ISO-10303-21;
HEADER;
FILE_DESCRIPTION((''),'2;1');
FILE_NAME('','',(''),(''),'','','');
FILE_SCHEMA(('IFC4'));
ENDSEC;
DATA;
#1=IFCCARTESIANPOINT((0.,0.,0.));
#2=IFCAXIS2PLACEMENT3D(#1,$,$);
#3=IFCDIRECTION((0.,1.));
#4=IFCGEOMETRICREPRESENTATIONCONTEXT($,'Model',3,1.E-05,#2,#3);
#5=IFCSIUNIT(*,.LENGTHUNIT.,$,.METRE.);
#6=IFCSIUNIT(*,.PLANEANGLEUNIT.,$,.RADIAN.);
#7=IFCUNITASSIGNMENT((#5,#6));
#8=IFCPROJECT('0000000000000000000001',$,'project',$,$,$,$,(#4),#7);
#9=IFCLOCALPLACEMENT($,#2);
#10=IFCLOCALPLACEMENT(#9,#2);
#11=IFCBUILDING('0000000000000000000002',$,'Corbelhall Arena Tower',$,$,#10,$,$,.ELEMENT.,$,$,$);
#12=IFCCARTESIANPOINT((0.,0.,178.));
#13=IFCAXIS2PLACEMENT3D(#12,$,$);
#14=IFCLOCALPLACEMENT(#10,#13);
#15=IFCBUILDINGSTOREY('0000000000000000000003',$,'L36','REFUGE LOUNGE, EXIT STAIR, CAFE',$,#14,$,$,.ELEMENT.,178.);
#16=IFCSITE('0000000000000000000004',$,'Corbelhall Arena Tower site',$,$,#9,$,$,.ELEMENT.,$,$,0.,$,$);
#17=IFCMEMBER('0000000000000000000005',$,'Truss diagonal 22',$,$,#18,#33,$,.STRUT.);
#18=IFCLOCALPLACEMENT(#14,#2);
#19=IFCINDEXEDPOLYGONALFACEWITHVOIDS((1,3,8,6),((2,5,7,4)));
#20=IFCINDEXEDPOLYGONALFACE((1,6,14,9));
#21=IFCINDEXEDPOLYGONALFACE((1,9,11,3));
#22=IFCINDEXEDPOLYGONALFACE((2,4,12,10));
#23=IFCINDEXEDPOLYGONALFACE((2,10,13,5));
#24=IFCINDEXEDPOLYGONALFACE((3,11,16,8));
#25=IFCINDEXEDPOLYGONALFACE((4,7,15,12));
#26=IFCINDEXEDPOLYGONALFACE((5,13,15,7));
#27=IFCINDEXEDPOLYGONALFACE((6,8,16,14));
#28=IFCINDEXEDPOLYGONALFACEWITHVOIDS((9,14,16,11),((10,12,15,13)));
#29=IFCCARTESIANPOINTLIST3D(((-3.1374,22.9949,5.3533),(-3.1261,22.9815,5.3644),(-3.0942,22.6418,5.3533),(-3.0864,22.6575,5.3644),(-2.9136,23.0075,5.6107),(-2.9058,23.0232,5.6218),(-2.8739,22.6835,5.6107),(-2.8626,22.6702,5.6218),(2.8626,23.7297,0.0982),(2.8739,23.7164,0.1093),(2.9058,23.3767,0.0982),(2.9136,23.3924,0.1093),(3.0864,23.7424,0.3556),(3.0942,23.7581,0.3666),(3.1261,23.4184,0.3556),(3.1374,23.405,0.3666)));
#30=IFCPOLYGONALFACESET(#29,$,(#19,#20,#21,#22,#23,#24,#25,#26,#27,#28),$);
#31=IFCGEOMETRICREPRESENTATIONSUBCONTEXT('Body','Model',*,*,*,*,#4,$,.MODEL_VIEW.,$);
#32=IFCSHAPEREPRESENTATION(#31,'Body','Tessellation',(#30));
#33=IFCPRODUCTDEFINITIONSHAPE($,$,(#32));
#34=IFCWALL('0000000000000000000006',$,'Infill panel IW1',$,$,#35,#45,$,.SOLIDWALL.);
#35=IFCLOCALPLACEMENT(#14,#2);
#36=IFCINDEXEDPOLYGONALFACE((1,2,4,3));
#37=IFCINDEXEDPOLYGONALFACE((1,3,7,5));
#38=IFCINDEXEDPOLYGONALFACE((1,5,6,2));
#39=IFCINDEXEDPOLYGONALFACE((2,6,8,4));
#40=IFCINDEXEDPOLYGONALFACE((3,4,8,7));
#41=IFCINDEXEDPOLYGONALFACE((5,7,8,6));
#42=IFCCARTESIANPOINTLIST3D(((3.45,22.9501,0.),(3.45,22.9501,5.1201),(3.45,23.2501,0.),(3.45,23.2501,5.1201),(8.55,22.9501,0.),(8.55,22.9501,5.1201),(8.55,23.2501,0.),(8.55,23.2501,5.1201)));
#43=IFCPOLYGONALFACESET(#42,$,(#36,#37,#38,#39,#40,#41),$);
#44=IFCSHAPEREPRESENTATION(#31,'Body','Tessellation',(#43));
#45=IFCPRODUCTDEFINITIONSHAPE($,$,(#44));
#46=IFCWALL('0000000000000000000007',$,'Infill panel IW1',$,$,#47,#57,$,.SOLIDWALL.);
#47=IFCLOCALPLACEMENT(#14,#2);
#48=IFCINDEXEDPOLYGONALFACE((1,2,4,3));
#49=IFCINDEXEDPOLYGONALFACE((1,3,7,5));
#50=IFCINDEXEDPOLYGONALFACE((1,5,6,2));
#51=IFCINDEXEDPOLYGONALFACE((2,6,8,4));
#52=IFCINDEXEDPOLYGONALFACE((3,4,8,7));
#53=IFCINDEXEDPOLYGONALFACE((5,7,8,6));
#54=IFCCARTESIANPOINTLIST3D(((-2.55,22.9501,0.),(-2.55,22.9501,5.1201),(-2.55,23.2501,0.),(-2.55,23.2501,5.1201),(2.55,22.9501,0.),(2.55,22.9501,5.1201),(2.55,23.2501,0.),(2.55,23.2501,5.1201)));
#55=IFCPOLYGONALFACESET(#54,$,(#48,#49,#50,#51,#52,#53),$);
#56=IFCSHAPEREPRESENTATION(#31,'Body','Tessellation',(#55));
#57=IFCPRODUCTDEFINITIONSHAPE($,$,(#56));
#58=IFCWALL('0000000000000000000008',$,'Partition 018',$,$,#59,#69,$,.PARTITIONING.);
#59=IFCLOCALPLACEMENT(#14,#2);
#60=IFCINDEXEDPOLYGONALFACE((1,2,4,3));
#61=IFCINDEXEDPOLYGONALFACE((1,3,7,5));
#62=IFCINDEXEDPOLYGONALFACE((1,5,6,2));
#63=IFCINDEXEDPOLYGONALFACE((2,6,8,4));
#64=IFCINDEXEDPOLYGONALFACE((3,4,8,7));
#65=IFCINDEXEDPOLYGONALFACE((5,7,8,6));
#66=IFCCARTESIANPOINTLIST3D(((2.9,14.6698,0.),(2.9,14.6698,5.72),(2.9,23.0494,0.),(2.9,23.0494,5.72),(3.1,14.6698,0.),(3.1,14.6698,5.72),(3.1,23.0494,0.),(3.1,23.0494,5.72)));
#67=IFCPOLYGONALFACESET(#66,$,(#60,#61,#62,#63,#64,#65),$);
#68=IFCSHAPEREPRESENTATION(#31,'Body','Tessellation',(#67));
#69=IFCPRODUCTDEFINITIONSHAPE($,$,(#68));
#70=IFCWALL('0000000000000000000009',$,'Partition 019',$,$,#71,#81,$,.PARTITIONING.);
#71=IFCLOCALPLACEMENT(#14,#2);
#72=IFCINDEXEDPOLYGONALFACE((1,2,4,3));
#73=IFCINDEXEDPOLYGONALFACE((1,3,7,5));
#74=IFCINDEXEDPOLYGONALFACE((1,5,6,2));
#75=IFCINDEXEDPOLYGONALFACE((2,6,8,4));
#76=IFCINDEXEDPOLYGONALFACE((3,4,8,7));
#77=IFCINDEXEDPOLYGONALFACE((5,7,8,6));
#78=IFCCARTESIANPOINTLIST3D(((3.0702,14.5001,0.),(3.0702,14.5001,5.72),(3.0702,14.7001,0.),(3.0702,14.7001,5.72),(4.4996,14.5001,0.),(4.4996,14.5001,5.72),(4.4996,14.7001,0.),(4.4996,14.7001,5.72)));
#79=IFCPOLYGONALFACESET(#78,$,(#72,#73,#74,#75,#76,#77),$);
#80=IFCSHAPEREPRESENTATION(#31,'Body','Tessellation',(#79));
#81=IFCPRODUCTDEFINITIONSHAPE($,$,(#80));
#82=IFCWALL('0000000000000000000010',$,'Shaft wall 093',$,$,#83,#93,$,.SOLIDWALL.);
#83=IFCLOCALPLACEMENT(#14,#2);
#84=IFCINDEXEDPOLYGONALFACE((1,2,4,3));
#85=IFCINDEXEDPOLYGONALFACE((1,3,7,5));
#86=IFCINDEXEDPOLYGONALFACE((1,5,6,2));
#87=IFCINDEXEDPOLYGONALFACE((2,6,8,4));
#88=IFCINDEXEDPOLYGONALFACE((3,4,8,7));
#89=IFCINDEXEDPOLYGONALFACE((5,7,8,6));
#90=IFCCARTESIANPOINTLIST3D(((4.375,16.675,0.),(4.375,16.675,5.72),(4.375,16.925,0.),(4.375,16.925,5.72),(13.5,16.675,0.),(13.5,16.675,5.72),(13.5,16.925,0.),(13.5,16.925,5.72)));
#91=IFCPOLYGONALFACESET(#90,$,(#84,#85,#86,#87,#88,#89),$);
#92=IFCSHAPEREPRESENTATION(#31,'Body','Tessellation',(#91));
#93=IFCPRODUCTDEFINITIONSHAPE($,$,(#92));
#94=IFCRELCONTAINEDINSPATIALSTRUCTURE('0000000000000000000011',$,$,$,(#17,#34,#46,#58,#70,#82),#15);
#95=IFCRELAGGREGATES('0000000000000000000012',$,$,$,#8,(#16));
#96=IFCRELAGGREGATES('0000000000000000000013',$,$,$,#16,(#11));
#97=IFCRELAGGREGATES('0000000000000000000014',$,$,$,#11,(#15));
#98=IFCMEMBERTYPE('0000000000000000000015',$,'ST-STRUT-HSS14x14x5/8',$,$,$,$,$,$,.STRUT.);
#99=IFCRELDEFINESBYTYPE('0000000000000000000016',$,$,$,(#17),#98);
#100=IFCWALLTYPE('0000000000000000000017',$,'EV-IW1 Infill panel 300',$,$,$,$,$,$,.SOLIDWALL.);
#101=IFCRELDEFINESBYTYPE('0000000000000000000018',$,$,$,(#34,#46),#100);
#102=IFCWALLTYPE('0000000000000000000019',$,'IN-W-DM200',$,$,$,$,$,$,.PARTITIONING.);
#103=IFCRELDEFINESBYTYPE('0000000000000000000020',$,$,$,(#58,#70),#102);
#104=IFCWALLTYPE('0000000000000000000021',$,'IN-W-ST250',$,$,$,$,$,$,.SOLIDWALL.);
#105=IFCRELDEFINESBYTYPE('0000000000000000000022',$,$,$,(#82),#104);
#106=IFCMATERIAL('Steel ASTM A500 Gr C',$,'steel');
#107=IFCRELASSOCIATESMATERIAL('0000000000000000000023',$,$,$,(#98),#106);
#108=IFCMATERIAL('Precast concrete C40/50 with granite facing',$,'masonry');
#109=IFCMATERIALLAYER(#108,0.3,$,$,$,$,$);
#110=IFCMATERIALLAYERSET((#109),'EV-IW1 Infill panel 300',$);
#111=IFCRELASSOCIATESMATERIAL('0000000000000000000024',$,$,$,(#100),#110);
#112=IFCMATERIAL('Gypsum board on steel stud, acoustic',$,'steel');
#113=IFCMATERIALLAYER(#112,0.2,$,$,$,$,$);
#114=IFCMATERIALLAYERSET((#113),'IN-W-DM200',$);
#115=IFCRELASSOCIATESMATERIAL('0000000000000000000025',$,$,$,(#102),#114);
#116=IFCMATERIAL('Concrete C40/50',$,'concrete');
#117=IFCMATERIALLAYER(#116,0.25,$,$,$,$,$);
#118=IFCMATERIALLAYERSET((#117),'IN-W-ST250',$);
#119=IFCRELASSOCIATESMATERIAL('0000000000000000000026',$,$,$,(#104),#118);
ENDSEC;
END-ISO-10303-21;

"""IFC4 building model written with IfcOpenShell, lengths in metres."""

from ifc_helpers import new_model, si_unit, direction, frame, frame_2d, origin, origin_2d, place, context, subcontext, project, spatial, rectangle, hollow_rectangle, extrude, material, layer, layer_set, material_profile, profile_set, type_object, element, save


model = new_model("IFC4")

# Units and contexts
model_context = context("Model", 3, precision=1e-05, world=origin(), true_north=direction((0.0, 1.0)))
body_context = subcontext(model_context, "Body", "Model", "MODEL_VIEW")
ifc_project = project(units=[si_unit("LENGTHUNIT", "METRE"), si_unit("PLANEANGLEUNIT", "RADIAN")], contexts=[model_context])

# Site, building, storey
site_placement = place(None, origin())
site = spatial("IfcSite", under=ifc_project, at=site_placement, Name="Corbelhall Arena Tower site", CompositionType="ELEMENT", RefElevation=0.0)
building_placement = place(site_placement, origin())
building = spatial("IfcBuilding", under=site, at=building_placement, Name="Corbelhall Arena Tower", CompositionType="ELEMENT")
storey_placement = place(building_placement, frame((0.0, 0.0, 178.0)))
storey = spatial("IfcBuildingStorey", under=building, at=storey_placement, Name="L36", Description="REFUGE LOUNGE, EXIT STAIR, CAFE", CompositionType="ELEMENT", Elevation=178.0)

# Member
ifc_material_1 = material(Name="Steel ASTM A500 Gr C", Category="steel")
ifc_material_profile_1 = material_profile(ifc_material_1, hollow_rectangle(XDim=0.3557, YDim=0.3557, WallThickness=0.0146, at=origin_2d()))
ifc_profile_set_1 = profile_set([ifc_material_profile_1], Name="Steel ASTM A500 Gr C")
member_type_1 = type_object("IfcMemberType", Name="ST-STRUT-HSS14x14x5/8", PredefinedType="STRUT", material=ifc_profile_set_1)
for number, where, z_axis, x_axis, name in (
    (1, (3.0, 23.5674, 0.2324), (-0.749085, -0.091746, 0.65609), (0.121569, -0.992583, 0.0), "Truss diagonal 22"),
):
    element("IfcMember", number, at=place(storey_placement, frame(where, z_axis=z_axis, x_axis=x_axis)), inside=storey, type_object=member_type_1, Name=name, PredefinedType="STRUT", context=body_context, shape_type="SweptSolid", body=[
        extrude(hollow_rectangle(XDim=0.3557, YDim=0.3557, WallThickness=0.0146, at=origin_2d()), origin(), (0.0, 0.0, 1.0), 8.0098),
    ])

# Walls
ifc_material_2 = material(Name="Precast concrete C40/50 with granite facing", Category="masonry")
ifc_layer_1 = layer(ifc_material_2, 0.3)
ifc_layer_set_1 = layer_set([ifc_layer_1], Name="EV-IW1 Infill panel 300")
wall_type_1 = type_object("IfcWallType", Name="EV-IW1 Infill panel 300", PredefinedType="SOLIDWALL", material=ifc_layer_set_1)
for number, where, z_axis, x_axis, name in (
    (2, (8.55, 23.1001, 0.0), (0.0, 0.0, 1.0), (-1.0, 0.0, 0.0), "Infill panel IW1"),
    (3, (2.55, 23.1001, 0.0), (0.0, 0.0, 1.0), (-1.0, 0.0, 0.0), "Infill panel IW1"),
):
    element("IfcWall", number, at=place(storey_placement, frame(where, z_axis=z_axis, x_axis=x_axis)), inside=storey, type_object=wall_type_1, Name=name, PredefinedType="SOLIDWALL", context=body_context, shape_type="SweptSolid", body=[
        extrude(rectangle(XDim=5.1001, YDim=0.3, at=frame_2d((2.55, 0.0))), origin(), (0.0, 0.0, 1.0), 5.1201),
    ])
ifc_material_3 = material(Name="Gypsum board on steel stud, acoustic", Category="steel")
ifc_layer_2 = layer(ifc_material_3, 0.2)
ifc_layer_set_2 = layer_set([ifc_layer_2], Name="IN-W-DM200")
wall_type_2 = type_object("IfcWallType", Name="IN-W-DM200", PredefinedType="PARTITIONING", material=ifc_layer_set_2)
wall_1_placement = place(storey_placement, frame((3.0, 23.0496, 0.0), z_axis=(0.0, 0.0, 1.0), x_axis=(0.0, -1.0, 0.0)))
element("IfcWall", 4, at=wall_1_placement, inside=storey, type_object=wall_type_2, Name="Partition 018", PredefinedType="PARTITIONING", context=body_context, shape_type="SweptSolid", body=[
    extrude(rectangle(XDim=8.3796, YDim=0.2, at=frame_2d((4.1899, 0.0))), origin(), (0.0, 0.0, 1.0), 5.72),
])
wall_2_placement = place(storey_placement, frame((3.0701, 14.6001, 0.0), z_axis=(0.0, 0.0, 1.0), x_axis=(1.0, 0.0, 0.0)))
element("IfcWall", 5, at=wall_2_placement, inside=storey, type_object=wall_type_2, Name="Partition 019", PredefinedType="PARTITIONING", context=body_context, shape_type="SweptSolid", body=[
    extrude(rectangle(XDim=1.4294, YDim=0.2, at=frame_2d((0.7148, 0.0))), origin(), (0.0, 0.0, 1.0), 5.72),
])
ifc_material_4 = material(Name="Concrete C40/50", Category="concrete")
ifc_layer_3 = layer(ifc_material_4, 0.25)
ifc_layer_set_3 = layer_set([ifc_layer_3], Name="IN-W-ST250")
wall_type_3 = type_object("IfcWallType", Name="IN-W-ST250", PredefinedType="SOLIDWALL", material=ifc_layer_set_3)
wall_3_placement = place(storey_placement, frame((4.375, 16.8, 0.0), z_axis=(0.0, 0.0, 1.0), x_axis=(1.0, 0.0, 0.0)))
element("IfcWall", 6, at=wall_3_placement, inside=storey, type_object=wall_type_3, Name="Shaft wall 093", PredefinedType="SOLIDWALL", context=body_context, shape_type="SweptSolid", body=[
    extrude(rectangle(XDim=9.125, YDim=0.25, at=frame_2d((4.5625, 0.0))), origin(), (0.0, 0.0, 1.0), 5.72),
])

save(model, "model.ifc")
